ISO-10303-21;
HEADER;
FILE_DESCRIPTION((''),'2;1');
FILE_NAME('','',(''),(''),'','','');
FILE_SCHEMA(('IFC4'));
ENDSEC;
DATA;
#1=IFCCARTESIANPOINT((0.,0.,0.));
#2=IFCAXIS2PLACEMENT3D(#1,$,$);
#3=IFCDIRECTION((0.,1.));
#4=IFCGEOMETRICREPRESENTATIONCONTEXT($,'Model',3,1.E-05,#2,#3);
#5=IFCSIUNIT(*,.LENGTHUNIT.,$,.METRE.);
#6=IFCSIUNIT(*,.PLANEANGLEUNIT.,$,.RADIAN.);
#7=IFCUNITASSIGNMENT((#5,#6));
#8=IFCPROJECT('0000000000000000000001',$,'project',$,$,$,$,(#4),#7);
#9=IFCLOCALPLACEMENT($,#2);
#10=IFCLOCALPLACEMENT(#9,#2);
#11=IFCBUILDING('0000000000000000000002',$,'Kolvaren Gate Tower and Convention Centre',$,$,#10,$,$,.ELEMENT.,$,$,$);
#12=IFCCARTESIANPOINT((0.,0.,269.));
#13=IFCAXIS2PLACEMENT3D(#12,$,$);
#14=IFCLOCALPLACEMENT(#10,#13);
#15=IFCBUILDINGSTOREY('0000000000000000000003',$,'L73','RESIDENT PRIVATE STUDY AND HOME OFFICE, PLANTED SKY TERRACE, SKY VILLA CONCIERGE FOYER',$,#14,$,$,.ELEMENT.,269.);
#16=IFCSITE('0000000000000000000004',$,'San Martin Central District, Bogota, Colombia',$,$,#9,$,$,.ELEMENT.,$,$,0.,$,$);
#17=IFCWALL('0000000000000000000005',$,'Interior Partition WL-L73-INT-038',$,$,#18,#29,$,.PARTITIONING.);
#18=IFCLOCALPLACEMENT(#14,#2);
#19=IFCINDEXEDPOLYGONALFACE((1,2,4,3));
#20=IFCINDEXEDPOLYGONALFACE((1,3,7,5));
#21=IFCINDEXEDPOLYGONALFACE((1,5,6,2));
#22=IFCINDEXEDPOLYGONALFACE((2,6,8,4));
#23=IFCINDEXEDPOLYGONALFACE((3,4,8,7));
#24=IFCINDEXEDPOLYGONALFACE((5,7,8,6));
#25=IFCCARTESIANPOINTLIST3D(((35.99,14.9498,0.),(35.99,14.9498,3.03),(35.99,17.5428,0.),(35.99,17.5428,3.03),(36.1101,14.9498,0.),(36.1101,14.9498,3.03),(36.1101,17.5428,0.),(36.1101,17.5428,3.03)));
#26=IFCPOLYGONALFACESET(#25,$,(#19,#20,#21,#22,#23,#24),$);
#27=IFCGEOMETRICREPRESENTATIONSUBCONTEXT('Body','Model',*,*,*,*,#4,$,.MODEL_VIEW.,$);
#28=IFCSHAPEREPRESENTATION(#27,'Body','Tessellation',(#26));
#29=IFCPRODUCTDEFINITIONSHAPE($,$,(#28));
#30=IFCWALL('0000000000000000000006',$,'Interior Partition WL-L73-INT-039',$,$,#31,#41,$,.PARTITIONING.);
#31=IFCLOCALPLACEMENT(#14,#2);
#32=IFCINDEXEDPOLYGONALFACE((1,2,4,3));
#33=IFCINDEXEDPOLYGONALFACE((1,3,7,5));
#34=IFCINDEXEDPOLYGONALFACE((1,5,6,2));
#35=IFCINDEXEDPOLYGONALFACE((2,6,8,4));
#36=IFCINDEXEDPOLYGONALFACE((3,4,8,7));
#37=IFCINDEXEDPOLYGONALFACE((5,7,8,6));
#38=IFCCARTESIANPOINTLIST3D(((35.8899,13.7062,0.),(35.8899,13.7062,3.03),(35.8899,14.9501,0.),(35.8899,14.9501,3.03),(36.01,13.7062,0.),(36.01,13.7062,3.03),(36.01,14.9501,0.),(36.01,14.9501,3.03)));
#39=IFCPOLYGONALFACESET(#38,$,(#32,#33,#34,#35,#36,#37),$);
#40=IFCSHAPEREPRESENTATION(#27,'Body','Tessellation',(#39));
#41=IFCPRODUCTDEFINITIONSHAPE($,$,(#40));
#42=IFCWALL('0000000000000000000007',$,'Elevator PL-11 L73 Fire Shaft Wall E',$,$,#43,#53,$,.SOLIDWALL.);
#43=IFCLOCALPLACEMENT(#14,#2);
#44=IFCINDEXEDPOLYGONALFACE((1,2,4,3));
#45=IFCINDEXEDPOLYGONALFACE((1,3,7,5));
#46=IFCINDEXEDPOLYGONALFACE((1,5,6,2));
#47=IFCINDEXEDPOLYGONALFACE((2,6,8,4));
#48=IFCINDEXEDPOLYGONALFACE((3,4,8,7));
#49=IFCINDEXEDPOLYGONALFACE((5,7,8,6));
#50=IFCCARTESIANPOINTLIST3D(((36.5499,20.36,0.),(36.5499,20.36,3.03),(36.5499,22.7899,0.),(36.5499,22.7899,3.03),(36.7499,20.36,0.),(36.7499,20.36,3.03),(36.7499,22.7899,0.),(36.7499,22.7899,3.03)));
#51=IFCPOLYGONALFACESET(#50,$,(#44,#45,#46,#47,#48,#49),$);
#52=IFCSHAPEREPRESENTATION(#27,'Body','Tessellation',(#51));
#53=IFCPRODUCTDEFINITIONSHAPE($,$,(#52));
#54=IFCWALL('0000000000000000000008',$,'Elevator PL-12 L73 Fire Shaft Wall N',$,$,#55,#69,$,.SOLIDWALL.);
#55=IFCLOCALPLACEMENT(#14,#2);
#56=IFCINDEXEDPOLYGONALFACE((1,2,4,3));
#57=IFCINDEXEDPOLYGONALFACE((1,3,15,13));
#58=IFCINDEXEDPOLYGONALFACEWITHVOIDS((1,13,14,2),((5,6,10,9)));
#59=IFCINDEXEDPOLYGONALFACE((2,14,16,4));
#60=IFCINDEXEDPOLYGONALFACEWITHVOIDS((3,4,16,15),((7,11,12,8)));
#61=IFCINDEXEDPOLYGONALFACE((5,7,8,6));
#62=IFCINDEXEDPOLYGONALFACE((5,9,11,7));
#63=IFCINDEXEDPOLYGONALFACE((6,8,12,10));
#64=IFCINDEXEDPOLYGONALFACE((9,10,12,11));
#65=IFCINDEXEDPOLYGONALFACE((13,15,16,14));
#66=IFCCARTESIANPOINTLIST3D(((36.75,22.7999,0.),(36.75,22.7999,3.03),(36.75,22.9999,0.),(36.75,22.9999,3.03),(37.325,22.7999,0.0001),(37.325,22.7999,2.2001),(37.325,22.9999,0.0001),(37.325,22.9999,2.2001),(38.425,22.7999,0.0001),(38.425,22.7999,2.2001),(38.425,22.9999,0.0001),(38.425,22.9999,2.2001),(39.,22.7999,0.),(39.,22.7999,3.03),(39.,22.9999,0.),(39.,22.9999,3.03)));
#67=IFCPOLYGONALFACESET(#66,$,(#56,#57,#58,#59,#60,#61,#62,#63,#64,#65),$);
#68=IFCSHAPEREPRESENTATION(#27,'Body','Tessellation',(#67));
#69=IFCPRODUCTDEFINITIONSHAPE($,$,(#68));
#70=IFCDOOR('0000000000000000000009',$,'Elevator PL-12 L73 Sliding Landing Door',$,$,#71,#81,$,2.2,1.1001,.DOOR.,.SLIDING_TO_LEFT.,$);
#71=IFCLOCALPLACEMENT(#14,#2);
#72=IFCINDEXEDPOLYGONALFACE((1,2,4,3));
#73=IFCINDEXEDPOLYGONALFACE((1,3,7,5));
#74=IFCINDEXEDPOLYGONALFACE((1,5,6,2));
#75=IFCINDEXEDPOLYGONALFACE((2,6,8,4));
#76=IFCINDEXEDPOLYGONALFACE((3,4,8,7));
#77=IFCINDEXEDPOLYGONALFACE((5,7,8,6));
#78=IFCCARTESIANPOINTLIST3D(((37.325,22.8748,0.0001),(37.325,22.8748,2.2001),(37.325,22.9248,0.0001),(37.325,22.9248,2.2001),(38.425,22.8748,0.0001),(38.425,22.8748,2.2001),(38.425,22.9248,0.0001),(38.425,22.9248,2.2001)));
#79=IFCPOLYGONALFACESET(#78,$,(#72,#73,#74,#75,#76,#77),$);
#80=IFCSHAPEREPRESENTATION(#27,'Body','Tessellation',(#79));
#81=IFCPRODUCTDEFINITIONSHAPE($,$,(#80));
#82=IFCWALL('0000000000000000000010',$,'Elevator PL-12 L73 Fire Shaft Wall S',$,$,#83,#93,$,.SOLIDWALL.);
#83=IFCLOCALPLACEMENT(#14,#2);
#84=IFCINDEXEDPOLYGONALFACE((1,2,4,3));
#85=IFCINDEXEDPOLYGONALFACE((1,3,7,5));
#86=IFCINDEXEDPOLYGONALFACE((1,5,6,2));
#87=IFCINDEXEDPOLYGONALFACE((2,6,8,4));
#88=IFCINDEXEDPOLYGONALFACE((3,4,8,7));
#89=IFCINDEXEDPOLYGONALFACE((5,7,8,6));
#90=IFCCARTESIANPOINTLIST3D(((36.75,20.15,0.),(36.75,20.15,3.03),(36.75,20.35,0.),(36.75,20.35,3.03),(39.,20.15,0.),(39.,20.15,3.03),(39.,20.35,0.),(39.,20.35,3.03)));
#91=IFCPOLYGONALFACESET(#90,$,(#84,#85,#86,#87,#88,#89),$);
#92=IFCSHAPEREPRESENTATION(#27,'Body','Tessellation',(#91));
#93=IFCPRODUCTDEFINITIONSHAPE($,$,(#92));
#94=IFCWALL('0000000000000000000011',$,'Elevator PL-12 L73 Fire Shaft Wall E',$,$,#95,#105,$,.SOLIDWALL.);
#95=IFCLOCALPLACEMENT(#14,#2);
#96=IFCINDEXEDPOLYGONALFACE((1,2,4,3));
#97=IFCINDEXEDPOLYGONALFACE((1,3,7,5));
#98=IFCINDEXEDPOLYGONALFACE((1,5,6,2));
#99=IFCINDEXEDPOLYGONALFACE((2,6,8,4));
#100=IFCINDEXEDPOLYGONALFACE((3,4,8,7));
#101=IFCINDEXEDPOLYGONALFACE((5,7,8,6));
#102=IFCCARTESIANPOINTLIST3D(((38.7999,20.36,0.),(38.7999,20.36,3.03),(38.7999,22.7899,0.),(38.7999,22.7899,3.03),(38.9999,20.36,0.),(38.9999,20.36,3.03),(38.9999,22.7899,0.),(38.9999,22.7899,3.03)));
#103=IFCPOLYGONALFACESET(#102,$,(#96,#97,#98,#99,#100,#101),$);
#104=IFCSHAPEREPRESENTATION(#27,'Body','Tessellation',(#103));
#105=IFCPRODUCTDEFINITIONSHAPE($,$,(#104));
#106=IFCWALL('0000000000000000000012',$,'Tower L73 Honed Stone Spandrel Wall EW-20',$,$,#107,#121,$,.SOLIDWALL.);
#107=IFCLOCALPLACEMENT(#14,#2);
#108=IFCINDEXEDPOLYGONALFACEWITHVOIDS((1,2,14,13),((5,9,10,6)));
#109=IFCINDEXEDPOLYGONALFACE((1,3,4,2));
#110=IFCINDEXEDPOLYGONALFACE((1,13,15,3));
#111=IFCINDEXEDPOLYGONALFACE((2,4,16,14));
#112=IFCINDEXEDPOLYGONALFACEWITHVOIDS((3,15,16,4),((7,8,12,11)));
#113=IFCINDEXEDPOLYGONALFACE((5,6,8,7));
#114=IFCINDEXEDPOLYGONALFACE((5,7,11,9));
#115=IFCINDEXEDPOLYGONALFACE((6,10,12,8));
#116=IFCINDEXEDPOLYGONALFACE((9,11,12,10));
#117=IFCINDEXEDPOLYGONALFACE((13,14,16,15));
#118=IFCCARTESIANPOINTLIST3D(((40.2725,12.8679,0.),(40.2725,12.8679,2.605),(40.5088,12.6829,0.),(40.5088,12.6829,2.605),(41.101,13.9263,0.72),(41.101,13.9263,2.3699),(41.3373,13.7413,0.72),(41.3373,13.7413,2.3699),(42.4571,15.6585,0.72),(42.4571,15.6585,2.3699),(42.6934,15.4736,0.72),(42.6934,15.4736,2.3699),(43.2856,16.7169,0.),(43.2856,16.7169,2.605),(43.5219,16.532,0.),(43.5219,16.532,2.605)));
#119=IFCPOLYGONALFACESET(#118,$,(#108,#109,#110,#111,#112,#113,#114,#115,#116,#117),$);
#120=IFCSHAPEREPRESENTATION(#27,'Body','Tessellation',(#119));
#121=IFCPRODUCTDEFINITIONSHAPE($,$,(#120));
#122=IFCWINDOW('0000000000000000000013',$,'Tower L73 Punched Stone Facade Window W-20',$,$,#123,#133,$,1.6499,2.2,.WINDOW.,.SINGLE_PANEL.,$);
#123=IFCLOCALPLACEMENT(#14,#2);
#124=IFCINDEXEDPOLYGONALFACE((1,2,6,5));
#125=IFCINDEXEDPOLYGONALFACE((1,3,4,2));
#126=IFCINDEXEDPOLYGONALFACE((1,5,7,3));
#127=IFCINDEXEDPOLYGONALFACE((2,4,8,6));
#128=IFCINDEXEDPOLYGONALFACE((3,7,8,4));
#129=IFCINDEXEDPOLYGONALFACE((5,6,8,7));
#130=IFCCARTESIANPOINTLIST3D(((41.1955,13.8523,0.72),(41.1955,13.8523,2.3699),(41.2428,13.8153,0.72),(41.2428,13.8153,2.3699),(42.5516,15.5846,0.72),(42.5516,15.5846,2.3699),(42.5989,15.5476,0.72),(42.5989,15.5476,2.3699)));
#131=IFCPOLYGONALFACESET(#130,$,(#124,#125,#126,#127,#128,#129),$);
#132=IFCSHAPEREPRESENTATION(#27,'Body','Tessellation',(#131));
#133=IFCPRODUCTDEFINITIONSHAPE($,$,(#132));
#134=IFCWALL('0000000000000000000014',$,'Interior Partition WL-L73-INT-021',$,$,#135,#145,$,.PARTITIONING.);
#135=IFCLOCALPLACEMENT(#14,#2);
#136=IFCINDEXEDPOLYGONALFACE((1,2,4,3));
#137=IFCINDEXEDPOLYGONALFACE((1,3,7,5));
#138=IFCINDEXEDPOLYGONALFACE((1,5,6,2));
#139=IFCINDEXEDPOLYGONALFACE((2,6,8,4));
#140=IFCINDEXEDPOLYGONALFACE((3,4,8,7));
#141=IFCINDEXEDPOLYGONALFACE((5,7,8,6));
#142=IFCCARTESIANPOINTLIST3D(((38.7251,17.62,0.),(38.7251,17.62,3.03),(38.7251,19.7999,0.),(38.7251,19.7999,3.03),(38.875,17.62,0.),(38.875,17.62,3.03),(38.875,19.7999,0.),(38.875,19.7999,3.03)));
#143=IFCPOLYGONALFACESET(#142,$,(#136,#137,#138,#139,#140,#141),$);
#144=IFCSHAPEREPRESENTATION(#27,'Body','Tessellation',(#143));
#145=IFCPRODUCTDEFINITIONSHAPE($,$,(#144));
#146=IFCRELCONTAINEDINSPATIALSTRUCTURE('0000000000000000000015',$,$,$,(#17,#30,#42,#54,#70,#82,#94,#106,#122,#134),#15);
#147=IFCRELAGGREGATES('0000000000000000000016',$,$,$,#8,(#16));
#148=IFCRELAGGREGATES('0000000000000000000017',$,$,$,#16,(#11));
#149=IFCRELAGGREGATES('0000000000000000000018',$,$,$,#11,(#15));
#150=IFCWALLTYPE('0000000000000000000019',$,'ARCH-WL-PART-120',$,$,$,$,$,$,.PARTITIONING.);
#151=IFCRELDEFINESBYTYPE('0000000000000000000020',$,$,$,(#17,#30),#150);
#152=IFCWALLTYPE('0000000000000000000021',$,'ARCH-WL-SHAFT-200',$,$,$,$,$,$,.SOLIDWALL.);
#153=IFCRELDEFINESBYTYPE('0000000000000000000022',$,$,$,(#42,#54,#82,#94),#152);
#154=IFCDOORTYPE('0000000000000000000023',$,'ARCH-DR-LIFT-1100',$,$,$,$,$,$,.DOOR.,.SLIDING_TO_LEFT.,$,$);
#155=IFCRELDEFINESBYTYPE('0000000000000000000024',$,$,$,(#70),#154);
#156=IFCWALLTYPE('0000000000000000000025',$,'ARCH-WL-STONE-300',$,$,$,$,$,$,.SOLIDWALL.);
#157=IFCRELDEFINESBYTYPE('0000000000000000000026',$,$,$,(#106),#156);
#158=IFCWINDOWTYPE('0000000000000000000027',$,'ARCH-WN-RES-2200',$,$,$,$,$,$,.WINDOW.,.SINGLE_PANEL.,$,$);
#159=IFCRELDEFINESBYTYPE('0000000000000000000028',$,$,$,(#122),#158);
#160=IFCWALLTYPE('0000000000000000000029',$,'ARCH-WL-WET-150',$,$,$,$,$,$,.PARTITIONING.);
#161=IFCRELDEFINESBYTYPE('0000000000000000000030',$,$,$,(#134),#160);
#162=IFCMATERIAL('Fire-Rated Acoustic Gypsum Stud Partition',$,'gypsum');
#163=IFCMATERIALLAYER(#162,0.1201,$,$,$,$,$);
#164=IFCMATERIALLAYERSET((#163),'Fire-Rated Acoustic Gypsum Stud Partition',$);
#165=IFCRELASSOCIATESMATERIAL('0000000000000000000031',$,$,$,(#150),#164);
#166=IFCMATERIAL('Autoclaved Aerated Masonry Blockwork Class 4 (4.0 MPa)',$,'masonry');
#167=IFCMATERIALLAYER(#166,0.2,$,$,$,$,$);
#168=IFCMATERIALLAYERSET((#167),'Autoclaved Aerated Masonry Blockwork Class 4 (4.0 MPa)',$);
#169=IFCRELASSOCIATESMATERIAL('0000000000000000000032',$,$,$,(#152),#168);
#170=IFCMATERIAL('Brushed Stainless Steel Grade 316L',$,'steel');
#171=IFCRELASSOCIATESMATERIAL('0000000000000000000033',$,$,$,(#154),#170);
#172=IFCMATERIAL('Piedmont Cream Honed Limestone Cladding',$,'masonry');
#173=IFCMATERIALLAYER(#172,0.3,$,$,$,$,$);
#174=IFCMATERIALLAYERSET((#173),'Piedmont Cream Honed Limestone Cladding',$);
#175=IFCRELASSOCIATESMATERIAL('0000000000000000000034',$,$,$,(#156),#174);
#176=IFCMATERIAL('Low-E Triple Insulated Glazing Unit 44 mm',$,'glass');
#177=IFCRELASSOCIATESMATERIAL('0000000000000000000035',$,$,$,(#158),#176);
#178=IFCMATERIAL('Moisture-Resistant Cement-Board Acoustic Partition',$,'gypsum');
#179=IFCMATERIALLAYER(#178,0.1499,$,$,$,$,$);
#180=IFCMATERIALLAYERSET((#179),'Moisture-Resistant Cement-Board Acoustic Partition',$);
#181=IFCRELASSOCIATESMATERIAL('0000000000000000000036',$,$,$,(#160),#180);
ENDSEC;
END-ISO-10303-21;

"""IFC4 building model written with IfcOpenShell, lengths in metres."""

from ifc_helpers import new_model, si_unit, direction, frame, frame_2d, origin, place, context, subcontext, project, spatial, rectangle, extrude, material, layer, layer_set, type_object, element, fill, save


model = new_model("IFC4")

# Units and contexts
model_context = context("Model", 3, precision=1e-05, world=origin(), true_north=direction((0.0, 1.0)))
body_context = subcontext(model_context, "Body", "Model", "MODEL_VIEW")
ifc_project = project(units=[si_unit("LENGTHUNIT", "METRE"), si_unit("PLANEANGLEUNIT", "RADIAN")], contexts=[model_context])

# Site, building, storey
site_placement = place(None, origin())
site = spatial("IfcSite", under=ifc_project, at=site_placement, Name="San Martin Central District, Bogota, Colombia", CompositionType="ELEMENT", RefElevation=0.0)
building_placement = place(site_placement, origin())
building = spatial("IfcBuilding", under=site, at=building_placement, Name="Kolvaren Gate Tower and Convention Centre", CompositionType="ELEMENT")
storey_placement = place(building_placement, frame((0.0, 0.0, 269.0)))
storey = spatial("IfcBuildingStorey", under=building, at=storey_placement, Name="L73", Description="RESIDENT PRIVATE STUDY AND HOME OFFICE, PLANTED SKY TERRACE, SKY VILLA CONCIERGE FOYER", CompositionType="ELEMENT", Elevation=269.0)

# Walls
ifc_material_1 = material(Name="Fire-Rated Acoustic Gypsum Stud Partition", Category="gypsum")
ifc_layer_1 = layer(ifc_material_1, 0.1201)
ifc_layer_set_1 = layer_set([ifc_layer_1], Name="Fire-Rated Acoustic Gypsum Stud Partition")
wall_type_1 = type_object("IfcWallType", Name="ARCH-WL-PART-120", PredefinedType="PARTITIONING", material=ifc_layer_set_1)
wall_1_placement = place(storey_placement, frame((36.05, 14.95, 0.0), z_axis=(0.0, 0.0, 1.0), x_axis=(0.0, 1.0, 0.0)))
element("IfcWall", 1, at=wall_1_placement, inside=storey, type_object=wall_type_1, Name="Interior Partition WL-L73-INT-038", PredefinedType="PARTITIONING", context=body_context, shape_type="SweptSolid", body=[
    extrude(rectangle(XDim=2.593, YDim=0.1201, at=frame_2d((1.2964, 0.0))), origin(), (0.0, 0.0, 1.0), 3.03),
])
wall_2_placement = place(storey_placement, frame((35.95, 13.7061, 0.0), z_axis=(0.0, 0.0, 1.0), x_axis=(0.0, 1.0, 0.0)))
element("IfcWall", 2, at=wall_2_placement, inside=storey, type_object=wall_type_1, Name="Interior Partition WL-L73-INT-039", PredefinedType="PARTITIONING", context=body_context, shape_type="SweptSolid", body=[
    extrude(rectangle(XDim=1.2439, YDim=0.1201, at=frame_2d((0.6221, 0.0))), origin(), (0.0, 0.0, 1.0), 3.03),
])
ifc_material_2 = material(Name="Autoclaved Aerated Masonry Blockwork Class 4 (4.0 MPa)", Category="masonry")
ifc_layer_2 = layer(ifc_material_2, 0.2)
ifc_layer_set_2 = layer_set([ifc_layer_2], Name="Autoclaved Aerated Masonry Blockwork Class 4 (4.0 MPa)")
wall_type_2 = type_object("IfcWallType", Name="ARCH-WL-SHAFT-200", PredefinedType="SOLIDWALL", material=ifc_layer_set_2)
wall_3_placement = place(storey_placement, frame((36.6499, 20.3601, 0.0), z_axis=(0.0, 0.0, 1.0), x_axis=(0.0, 1.0, 0.0)))
element("IfcWall", 3, at=wall_3_placement, inside=storey, type_object=wall_type_2, Name="Elevator PL-11 L73 Fire Shaft Wall E", PredefinedType="SOLIDWALL", context=body_context, shape_type="SweptSolid", body=[
    extrude(rectangle(XDim=2.4299, YDim=0.2, at=frame_2d((1.2148, 0.0))), origin(), (0.0, 0.0, 1.0), 3.03),
])

# Wall, opening, door
wall_4_placement = place(storey_placement, frame((36.75, 22.8999, 0.0), z_axis=(0.0, 0.0, 1.0), x_axis=(1.0, 0.0, 0.0)))
wall_4 = element("IfcWall", 4, at=wall_4_placement, inside=storey, type_object=wall_type_2, Name="Elevator PL-12 L73 Fire Shaft Wall N", PredefinedType="SOLIDWALL", context=body_context, shape_type="SweptSolid", body=[
    extrude(rectangle(XDim=2.25, YDim=0.2, at=frame_2d((1.125, 0.0))), origin(), (0.0, 0.0, 1.0), 3.03),
])
opening_1_placement = place(wall_4_placement, frame((0.575, 0.0, 0.0)))
opening_1 = element("IfcOpeningElement", 5, at=opening_1_placement, cuts=wall_4, PredefinedType="OPENING", context=body_context, shape_type="SweptSolid", body=[
    extrude(rectangle(XDim=1.1001, YDim=2.2, at=frame_2d((0.55, 1.1001))), frame((0.0, 0.1099, 0.0), z_axis=(0.0, -1.0, 0.0), x_axis=(1.0, 0.0, 0.0)), (0.0, 0.0, 1.0), 0.22),
])
ifc_material_3 = material(Name="Brushed Stainless Steel Grade 316L", Category="steel")
door_type = type_object("IfcDoorType", Name="ARCH-DR-LIFT-1100", OperationType="SLIDING_TO_LEFT", PredefinedType="DOOR", material=ifc_material_3)
door_placement = place(opening_1_placement, origin())
door = element("IfcDoor", 6, at=door_placement, inside=storey, type_object=door_type, Name="Elevator PL-12 L73 Sliding Landing Door", OperationType="SLIDING_TO_LEFT", OverallHeight=2.2, OverallWidth=1.1001, PredefinedType="DOOR", context=body_context, shape_type="SweptSolid", body=[
    extrude(rectangle(XDim=1.1001, YDim=2.2, at=frame_2d((0.55, 1.1001))), frame((0.0, 0.0249, 0.0), z_axis=(0.0, -1.0, 0.0), x_axis=(1.0, 0.0, 0.0)), (0.0, 0.0, 1.0), 0.05),
])
fill(opening_1, door)

# Walls
wall_5_placement = place(storey_placement, frame((36.75, 20.25, 0.0), z_axis=(0.0, 0.0, 1.0), x_axis=(1.0, 0.0, 0.0)))
element("IfcWall", 7, at=wall_5_placement, inside=storey, type_object=wall_type_2, Name="Elevator PL-12 L73 Fire Shaft Wall S", PredefinedType="SOLIDWALL", context=body_context, shape_type="SweptSolid", body=[
    extrude(rectangle(XDim=2.25, YDim=0.2, at=frame_2d((1.125, 0.0))), origin(), (0.0, 0.0, 1.0), 3.03),
])
wall_6_placement = place(storey_placement, frame((38.8999, 20.3601, 0.0), z_axis=(0.0, 0.0, 1.0), x_axis=(0.0, 1.0, 0.0)))
element("IfcWall", 8, at=wall_6_placement, inside=storey, type_object=wall_type_2, Name="Elevator PL-12 L73 Fire Shaft Wall E", PredefinedType="SOLIDWALL", context=body_context, shape_type="SweptSolid", body=[
    extrude(rectangle(XDim=2.4299, YDim=0.2, at=frame_2d((1.2148, 0.0))), origin(), (0.0, 0.0, 1.0), 3.03),
])

# Wall, opening, window
ifc_material_4 = material(Name="Piedmont Cream Honed Limestone Cladding", Category="masonry")
ifc_layer_3 = layer(ifc_material_4, 0.3)
ifc_layer_set_3 = layer_set([ifc_layer_3], Name="Piedmont Cream Honed Limestone Cladding")
wall_type_3 = type_object("IfcWallType", Name="ARCH-WL-STONE-300", PredefinedType="SOLIDWALL", material=ifc_layer_set_3)
wall_7_placement = place(storey_placement, frame((40.3906, 12.7754, 0.0), z_axis=(0.0, 0.0, 1.0), x_axis=(0.616413, 0.787423, 0.0)))
wall_7 = element("IfcWall", 9, at=wall_7_placement, inside=storey, type_object=wall_type_3, Name="Tower L73 Honed Stone Spandrel Wall EW-20", PredefinedType="SOLIDWALL", context=body_context, shape_type="SweptSolid", body=[
    extrude(rectangle(XDim=4.8882, YDim=0.3, at=frame_2d((2.4441, 0.0))), origin(), (0.0, 0.0, 1.0), 2.605),
])
opening_2_placement = place(wall_7_placement, frame((1.344, 0.0, 0.72)))
opening_2 = element("IfcOpeningElement", 10, at=opening_2_placement, cuts=wall_7, PredefinedType="OPENING", context=body_context, shape_type="SweptSolid", body=[
    extrude(rectangle(XDim=2.2, YDim=1.6499, at=frame_2d((1.1001, 0.825))), frame((0.0, 0.1599, 0.0), z_axis=(0.0, -1.0, 0.0), x_axis=(1.0, 0.0, 0.0)), (0.0, 0.0, 1.0), 0.3201),
])
ifc_material_5 = material(Name="Low-E Triple Insulated Glazing Unit 44 mm", Category="glass")
window_type = type_object("IfcWindowType", Name="ARCH-WN-RES-2200", PartitioningType="SINGLE_PANEL", PredefinedType="WINDOW", material=ifc_material_5)
window_placement = place(opening_2_placement, origin())
window = element("IfcWindow", 11, at=window_placement, inside=storey, type_object=window_type, Name="Tower L73 Punched Stone Facade Window W-20", OverallHeight=1.6499, OverallWidth=2.2, PartitioningType="SINGLE_PANEL", PredefinedType="WINDOW", context=body_context, shape_type="SweptSolid", body=[
    extrude(rectangle(XDim=2.2, YDim=1.6499, at=frame_2d((1.1001, 0.825))), frame((0.0, 0.03, 0.0), z_axis=(0.0, -1.0, 0.0), x_axis=(1.0, 0.0, 0.0)), (0.0, 0.0, 1.0), 0.0601),
])
fill(opening_2, window)

# Wall
ifc_material_6 = material(Name="Moisture-Resistant Cement-Board Acoustic Partition", Category="gypsum")
ifc_layer_4 = layer(ifc_material_6, 0.1499)
ifc_layer_set_4 = layer_set([ifc_layer_4], Name="Moisture-Resistant Cement-Board Acoustic Partition")
wall_type_4 = type_object("IfcWallType", Name="ARCH-WL-WET-150", PredefinedType="PARTITIONING", material=ifc_layer_set_4)
wall_8_placement = place(storey_placement, frame((38.8, 17.6201, 0.0), z_axis=(0.0, 0.0, 1.0), x_axis=(0.0, 1.0, 0.0)))
element("IfcWall", 12, at=wall_8_placement, inside=storey, type_object=wall_type_4, Name="Interior Partition WL-L73-INT-021", PredefinedType="PARTITIONING", context=body_context, shape_type="SweptSolid", body=[
    extrude(rectangle(XDim=2.1799, YDim=0.1499, at=frame_2d((1.0898, 0.0))), origin(), (0.0, 0.0, 1.0), 3.03),
])

save(model, "model.ifc")
